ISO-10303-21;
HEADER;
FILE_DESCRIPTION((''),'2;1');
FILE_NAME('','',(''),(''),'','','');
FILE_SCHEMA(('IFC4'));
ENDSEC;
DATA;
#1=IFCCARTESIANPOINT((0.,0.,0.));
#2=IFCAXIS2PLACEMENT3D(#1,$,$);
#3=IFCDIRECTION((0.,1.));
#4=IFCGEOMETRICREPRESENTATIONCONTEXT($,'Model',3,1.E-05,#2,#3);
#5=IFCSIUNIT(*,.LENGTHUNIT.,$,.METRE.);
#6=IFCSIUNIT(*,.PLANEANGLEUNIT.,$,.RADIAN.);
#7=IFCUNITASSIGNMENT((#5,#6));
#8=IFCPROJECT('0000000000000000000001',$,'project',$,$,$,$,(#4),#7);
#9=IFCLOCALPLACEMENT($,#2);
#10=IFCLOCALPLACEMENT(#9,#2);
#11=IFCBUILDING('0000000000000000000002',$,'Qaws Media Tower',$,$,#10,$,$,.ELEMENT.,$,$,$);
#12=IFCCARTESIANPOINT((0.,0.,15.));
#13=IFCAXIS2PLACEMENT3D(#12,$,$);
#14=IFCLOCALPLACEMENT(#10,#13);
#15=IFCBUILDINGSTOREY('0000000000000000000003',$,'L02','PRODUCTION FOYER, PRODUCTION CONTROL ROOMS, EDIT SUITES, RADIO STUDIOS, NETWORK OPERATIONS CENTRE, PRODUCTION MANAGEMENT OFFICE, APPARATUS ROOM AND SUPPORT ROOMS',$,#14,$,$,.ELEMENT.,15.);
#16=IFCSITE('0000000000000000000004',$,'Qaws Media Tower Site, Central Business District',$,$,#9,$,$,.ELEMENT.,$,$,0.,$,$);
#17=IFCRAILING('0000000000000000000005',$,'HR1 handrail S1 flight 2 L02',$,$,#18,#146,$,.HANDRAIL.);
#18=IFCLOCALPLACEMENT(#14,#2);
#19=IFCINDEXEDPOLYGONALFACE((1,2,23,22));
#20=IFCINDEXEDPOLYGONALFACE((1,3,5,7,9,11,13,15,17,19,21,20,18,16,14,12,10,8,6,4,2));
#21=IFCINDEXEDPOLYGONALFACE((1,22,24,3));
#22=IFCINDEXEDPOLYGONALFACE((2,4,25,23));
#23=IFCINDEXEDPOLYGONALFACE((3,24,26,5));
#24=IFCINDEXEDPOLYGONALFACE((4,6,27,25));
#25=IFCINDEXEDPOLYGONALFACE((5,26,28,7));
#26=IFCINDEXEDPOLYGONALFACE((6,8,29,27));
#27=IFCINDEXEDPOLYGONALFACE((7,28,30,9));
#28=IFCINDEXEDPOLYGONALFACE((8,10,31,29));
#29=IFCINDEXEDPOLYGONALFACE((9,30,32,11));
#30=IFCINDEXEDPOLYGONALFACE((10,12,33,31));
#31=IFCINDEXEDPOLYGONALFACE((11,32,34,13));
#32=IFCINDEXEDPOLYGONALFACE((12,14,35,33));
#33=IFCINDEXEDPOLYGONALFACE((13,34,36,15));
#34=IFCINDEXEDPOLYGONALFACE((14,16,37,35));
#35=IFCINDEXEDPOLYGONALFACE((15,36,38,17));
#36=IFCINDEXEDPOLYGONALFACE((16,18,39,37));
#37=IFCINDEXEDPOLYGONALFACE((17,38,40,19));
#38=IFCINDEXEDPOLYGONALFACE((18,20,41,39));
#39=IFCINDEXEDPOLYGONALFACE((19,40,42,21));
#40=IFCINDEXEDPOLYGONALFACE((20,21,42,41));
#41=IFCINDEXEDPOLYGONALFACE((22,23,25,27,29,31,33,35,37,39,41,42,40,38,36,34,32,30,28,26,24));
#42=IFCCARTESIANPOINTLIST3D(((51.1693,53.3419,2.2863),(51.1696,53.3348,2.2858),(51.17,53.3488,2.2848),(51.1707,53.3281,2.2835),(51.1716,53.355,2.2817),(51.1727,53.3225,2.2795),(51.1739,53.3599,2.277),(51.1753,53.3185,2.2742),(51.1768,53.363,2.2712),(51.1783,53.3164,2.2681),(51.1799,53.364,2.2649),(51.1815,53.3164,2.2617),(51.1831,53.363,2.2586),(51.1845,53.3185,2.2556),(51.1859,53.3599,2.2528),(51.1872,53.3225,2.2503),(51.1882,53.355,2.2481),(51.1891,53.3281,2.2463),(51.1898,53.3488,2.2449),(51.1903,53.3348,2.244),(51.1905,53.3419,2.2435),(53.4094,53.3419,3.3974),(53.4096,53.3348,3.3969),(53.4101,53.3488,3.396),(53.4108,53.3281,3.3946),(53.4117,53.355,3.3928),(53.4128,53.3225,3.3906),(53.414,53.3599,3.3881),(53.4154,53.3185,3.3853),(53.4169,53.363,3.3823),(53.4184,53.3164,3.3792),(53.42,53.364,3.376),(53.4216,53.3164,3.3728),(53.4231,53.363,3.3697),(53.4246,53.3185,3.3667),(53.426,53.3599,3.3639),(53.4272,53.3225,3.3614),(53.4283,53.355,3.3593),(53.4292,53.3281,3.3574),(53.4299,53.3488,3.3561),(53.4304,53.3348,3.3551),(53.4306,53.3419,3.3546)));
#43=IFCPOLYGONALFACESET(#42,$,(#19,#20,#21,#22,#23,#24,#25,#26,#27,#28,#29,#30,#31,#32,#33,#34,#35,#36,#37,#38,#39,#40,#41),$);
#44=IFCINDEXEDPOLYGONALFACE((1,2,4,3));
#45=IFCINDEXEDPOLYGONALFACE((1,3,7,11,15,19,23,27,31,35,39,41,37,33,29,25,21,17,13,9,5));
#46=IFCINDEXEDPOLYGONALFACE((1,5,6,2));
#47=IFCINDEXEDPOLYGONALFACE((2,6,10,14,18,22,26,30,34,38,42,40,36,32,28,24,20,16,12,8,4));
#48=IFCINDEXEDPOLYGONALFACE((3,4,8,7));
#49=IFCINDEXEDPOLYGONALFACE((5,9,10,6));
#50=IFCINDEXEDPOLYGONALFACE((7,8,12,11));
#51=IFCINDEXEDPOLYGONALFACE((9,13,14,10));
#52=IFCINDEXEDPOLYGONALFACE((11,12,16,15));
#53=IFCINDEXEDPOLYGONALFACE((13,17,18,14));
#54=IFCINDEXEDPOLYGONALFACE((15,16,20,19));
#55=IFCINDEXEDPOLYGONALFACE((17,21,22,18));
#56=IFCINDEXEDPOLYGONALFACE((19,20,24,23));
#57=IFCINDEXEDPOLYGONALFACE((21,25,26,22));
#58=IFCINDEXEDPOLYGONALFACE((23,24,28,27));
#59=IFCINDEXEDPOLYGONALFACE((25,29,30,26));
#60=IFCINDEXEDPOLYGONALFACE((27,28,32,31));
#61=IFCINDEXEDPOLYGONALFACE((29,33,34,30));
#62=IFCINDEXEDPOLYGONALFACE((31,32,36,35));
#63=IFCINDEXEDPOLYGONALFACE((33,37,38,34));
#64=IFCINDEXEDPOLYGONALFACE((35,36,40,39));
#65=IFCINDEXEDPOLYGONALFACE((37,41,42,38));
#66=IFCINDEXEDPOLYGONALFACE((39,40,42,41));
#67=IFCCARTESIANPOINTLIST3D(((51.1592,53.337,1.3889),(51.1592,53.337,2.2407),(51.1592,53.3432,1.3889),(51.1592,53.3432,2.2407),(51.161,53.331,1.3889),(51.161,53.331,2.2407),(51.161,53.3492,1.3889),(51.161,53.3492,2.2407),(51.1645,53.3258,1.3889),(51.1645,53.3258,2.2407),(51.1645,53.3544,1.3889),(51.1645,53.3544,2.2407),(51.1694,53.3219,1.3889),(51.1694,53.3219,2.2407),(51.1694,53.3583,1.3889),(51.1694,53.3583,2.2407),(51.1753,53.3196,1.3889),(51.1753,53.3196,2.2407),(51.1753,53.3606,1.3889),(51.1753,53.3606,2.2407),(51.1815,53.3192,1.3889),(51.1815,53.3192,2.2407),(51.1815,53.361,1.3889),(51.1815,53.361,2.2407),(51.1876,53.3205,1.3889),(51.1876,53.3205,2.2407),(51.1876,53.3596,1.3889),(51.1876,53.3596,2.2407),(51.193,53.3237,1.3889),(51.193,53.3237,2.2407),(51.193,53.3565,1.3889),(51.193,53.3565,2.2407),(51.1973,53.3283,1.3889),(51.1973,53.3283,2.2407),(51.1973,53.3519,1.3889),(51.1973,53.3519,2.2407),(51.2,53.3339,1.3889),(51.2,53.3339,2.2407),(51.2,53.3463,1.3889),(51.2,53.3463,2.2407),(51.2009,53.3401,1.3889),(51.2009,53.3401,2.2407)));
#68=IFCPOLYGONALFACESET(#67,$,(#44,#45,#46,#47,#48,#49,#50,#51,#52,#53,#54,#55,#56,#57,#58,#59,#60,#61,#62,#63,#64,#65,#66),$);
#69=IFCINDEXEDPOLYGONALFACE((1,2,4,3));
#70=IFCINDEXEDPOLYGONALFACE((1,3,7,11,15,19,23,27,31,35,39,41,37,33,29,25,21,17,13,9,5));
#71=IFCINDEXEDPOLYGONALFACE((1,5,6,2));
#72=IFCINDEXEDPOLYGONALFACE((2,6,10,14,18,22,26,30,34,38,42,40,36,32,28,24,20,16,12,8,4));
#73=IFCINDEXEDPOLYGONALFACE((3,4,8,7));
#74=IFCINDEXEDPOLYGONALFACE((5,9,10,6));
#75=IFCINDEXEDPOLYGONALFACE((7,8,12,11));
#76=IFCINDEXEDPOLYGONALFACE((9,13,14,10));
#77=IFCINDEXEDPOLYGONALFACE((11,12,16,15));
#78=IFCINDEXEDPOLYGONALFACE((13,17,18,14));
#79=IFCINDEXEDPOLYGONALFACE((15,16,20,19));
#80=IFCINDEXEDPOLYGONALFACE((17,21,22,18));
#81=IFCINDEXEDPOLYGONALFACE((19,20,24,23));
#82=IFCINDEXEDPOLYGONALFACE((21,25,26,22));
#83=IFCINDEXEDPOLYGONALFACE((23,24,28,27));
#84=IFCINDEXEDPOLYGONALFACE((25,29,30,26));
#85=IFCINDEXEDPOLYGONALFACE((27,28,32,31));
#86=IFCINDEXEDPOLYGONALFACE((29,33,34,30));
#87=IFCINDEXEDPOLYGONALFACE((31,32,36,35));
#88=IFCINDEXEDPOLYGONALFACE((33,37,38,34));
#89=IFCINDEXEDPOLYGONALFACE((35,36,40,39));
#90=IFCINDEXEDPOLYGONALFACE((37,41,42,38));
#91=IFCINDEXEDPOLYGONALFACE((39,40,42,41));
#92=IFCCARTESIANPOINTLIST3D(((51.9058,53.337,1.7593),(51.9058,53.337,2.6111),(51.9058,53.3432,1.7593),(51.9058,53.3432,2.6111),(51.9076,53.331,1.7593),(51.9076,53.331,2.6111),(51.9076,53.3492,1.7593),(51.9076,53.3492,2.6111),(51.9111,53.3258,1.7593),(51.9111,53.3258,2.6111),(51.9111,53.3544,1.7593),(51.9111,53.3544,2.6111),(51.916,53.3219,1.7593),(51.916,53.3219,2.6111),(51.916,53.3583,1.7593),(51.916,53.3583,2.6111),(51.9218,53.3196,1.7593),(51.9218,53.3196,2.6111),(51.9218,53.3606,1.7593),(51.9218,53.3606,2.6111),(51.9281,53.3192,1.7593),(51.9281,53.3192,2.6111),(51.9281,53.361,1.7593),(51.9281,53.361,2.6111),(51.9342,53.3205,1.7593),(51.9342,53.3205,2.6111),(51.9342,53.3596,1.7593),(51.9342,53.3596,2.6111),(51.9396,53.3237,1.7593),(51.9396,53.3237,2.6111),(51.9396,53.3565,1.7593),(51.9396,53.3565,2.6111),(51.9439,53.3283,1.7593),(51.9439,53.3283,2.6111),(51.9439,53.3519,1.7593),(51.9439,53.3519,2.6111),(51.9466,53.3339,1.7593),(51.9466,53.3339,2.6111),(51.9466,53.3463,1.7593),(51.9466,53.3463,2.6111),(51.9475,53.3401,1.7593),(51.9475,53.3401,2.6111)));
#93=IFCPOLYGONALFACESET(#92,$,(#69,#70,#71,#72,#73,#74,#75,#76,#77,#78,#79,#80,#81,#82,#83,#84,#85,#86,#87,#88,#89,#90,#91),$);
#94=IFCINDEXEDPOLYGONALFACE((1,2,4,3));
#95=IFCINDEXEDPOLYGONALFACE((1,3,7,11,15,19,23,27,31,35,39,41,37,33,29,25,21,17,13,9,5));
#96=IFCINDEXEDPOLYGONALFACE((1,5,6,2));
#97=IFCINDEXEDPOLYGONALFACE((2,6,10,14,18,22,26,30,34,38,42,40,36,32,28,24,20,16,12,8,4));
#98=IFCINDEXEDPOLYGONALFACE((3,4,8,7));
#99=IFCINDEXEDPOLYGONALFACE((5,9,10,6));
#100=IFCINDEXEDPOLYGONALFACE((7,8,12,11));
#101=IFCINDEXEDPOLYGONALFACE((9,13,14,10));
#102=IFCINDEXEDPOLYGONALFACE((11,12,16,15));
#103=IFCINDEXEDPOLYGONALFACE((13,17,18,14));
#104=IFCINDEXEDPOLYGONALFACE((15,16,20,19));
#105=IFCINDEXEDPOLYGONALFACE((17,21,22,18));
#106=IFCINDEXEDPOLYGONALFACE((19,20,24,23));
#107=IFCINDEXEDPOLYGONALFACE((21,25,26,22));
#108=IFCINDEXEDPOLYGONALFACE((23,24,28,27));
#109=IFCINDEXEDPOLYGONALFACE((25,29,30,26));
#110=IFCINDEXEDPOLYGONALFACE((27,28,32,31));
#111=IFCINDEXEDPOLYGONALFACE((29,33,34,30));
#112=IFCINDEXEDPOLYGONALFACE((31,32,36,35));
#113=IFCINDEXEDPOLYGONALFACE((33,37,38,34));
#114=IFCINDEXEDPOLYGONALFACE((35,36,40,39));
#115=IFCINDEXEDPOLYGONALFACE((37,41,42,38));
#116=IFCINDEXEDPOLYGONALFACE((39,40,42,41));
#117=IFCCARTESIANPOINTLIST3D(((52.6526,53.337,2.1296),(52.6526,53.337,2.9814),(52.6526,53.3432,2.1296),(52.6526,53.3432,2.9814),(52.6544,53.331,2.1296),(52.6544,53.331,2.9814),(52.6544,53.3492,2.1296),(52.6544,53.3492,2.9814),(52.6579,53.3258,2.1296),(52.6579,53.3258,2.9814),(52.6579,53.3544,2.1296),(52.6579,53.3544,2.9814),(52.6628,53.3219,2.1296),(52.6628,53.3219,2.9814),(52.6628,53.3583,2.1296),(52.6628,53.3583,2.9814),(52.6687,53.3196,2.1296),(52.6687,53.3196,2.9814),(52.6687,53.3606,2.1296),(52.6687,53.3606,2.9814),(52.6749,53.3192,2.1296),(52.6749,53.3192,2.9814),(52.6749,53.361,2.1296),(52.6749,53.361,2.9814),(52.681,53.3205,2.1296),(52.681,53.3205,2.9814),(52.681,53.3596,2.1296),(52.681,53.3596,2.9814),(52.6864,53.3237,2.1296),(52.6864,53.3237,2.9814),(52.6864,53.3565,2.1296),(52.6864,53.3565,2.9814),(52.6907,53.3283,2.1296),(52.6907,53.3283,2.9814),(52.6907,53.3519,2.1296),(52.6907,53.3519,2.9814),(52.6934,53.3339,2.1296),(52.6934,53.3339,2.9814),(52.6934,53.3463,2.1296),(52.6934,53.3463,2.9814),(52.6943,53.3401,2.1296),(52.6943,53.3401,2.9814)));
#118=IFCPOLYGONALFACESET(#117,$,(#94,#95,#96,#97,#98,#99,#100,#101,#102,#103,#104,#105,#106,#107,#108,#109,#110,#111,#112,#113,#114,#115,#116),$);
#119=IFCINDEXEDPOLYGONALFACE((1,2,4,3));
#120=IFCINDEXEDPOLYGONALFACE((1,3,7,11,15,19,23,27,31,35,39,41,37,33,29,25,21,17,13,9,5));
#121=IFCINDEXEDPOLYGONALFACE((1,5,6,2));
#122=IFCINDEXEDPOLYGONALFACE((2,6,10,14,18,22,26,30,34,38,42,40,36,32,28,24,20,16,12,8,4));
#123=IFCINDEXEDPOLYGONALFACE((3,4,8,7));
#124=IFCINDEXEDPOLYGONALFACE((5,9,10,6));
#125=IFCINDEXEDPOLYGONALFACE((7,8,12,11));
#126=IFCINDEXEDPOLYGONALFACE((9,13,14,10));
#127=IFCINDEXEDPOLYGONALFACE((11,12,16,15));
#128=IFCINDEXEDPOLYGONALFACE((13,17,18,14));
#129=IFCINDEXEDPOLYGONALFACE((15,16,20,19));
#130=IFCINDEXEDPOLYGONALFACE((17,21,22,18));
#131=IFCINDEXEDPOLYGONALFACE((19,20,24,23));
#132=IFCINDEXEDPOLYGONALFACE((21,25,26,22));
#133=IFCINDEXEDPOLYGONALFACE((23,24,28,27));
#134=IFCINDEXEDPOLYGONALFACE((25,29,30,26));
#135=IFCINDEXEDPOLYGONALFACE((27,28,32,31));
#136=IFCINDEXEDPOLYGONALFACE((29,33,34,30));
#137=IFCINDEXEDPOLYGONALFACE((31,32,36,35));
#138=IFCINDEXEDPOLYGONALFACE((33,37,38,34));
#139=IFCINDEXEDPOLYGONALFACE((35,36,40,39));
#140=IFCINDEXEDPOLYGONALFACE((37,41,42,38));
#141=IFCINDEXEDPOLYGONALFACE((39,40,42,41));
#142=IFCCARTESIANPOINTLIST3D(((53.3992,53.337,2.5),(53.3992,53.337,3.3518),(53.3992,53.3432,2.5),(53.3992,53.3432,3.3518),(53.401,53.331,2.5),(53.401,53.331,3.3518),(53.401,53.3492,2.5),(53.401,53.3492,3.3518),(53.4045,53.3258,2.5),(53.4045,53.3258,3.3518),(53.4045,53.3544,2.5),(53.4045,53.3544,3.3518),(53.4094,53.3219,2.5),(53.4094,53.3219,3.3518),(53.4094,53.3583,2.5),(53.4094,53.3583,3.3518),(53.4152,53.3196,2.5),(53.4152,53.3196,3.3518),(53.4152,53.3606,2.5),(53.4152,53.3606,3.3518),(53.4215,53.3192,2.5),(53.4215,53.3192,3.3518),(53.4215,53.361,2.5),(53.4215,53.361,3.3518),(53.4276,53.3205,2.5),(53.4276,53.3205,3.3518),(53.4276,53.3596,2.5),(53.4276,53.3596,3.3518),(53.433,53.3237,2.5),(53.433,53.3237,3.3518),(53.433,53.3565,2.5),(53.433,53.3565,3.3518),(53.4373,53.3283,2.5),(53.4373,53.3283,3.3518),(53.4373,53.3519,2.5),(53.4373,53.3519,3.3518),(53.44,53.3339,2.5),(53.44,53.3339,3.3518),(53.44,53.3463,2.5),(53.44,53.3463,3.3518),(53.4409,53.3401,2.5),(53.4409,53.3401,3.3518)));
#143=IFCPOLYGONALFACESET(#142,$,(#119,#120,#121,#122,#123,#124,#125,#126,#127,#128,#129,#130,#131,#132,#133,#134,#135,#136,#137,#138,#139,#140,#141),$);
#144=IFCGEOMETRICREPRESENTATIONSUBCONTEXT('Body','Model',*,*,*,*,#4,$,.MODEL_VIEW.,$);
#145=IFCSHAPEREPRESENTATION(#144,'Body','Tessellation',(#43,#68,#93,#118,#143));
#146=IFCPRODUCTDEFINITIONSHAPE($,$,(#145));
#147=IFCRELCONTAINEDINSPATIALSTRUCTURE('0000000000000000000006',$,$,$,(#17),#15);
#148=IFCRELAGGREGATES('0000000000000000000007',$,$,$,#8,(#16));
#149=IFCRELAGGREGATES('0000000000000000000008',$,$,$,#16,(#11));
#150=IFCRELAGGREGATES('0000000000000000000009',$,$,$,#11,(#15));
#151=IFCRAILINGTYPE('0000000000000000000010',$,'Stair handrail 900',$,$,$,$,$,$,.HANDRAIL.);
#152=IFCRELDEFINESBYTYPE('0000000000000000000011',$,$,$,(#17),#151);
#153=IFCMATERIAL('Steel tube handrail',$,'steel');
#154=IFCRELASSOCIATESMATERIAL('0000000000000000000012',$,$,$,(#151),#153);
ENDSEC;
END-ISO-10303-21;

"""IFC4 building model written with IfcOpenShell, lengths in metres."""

from ifc_helpers import new_model, si_unit, direction, frame, origin, origin_2d, place, context, subcontext, project, spatial, circle, extrude, material, type_object, element, save


model = new_model("IFC4")

# Units and contexts
model_context = context("Model", 3, precision=1e-05, world=origin(), true_north=direction((0.0, 1.0)))
body_context = subcontext(model_context, "Body", "Model", "MODEL_VIEW")
ifc_project = project(units=[si_unit("LENGTHUNIT", "METRE"), si_unit("PLANEANGLEUNIT", "RADIAN")], contexts=[model_context])

# Site, building, storey
site_placement = place(None, origin())
site = spatial("IfcSite", under=ifc_project, at=site_placement, Name="Qaws Media Tower Site, Central Business District", CompositionType="ELEMENT", RefElevation=0.0)
building_placement = place(site_placement, origin())
building = spatial("IfcBuilding", under=site, at=building_placement, Name="Qaws Media Tower", CompositionType="ELEMENT")
storey_placement = place(building_placement, frame((0.0, 0.0, 15.0)))
storey = spatial("IfcBuildingStorey", under=building, at=storey_placement, Name="L02", Description="PRODUCTION FOYER, PRODUCTION CONTROL ROOMS, EDIT SUITES, RADIO STUDIOS, NETWORK OPERATIONS CENTRE, PRODUCTION MANAGEMENT OFFICE, APPARATUS ROOM AND SUPPORT ROOMS", CompositionType="ELEMENT", Elevation=15.0)

# Railing
ifc_material_1 = material(Name="Steel tube handrail", Category="steel")
railing_type = type_object("IfcRailingType", Name="Stair handrail 900", PredefinedType="HANDRAIL", material=ifc_material_1)
for number, where, name in (
    (1, (51.1799, 53.3401, 1.3889), "HR1 handrail S1 flight 2 L02"),
):
    element("IfcRailing", number, at=place(storey_placement, frame(where)), inside=storey, type_object=railing_type, Name=name, PredefinedType="HANDRAIL", context=body_context, shape_type="SweptSolid", body=[
        extrude(circle(Radius=0.0239, at=origin_2d()), frame((0.0, 0.0, 0.876), z_axis=(0.895848, 0.0, 0.44436), x_axis=(0.0, 1.0, 0.0)), (0.0, 0.0, 1.0), 2.5005),
        extrude(circle(Radius=0.021, at=origin_2d()), origin(), (0.0, 0.0, 1.0), 0.8518),
        extrude(circle(Radius=0.021, at=origin_2d()), frame((0.7466, 0.0, 0.3704)), (0.0, 0.0, 1.0), 0.8518),
        extrude(circle(Radius=0.021, at=origin_2d()), frame((1.4934, 0.0, 0.7407)), (0.0, 0.0, 1.0), 0.8518),
        extrude(circle(Radius=0.021, at=origin_2d()), frame((2.24, 0.0, 1.1111)), (0.0, 0.0, 1.0), 0.8518),
    ])

save(model, "model.ifc")
